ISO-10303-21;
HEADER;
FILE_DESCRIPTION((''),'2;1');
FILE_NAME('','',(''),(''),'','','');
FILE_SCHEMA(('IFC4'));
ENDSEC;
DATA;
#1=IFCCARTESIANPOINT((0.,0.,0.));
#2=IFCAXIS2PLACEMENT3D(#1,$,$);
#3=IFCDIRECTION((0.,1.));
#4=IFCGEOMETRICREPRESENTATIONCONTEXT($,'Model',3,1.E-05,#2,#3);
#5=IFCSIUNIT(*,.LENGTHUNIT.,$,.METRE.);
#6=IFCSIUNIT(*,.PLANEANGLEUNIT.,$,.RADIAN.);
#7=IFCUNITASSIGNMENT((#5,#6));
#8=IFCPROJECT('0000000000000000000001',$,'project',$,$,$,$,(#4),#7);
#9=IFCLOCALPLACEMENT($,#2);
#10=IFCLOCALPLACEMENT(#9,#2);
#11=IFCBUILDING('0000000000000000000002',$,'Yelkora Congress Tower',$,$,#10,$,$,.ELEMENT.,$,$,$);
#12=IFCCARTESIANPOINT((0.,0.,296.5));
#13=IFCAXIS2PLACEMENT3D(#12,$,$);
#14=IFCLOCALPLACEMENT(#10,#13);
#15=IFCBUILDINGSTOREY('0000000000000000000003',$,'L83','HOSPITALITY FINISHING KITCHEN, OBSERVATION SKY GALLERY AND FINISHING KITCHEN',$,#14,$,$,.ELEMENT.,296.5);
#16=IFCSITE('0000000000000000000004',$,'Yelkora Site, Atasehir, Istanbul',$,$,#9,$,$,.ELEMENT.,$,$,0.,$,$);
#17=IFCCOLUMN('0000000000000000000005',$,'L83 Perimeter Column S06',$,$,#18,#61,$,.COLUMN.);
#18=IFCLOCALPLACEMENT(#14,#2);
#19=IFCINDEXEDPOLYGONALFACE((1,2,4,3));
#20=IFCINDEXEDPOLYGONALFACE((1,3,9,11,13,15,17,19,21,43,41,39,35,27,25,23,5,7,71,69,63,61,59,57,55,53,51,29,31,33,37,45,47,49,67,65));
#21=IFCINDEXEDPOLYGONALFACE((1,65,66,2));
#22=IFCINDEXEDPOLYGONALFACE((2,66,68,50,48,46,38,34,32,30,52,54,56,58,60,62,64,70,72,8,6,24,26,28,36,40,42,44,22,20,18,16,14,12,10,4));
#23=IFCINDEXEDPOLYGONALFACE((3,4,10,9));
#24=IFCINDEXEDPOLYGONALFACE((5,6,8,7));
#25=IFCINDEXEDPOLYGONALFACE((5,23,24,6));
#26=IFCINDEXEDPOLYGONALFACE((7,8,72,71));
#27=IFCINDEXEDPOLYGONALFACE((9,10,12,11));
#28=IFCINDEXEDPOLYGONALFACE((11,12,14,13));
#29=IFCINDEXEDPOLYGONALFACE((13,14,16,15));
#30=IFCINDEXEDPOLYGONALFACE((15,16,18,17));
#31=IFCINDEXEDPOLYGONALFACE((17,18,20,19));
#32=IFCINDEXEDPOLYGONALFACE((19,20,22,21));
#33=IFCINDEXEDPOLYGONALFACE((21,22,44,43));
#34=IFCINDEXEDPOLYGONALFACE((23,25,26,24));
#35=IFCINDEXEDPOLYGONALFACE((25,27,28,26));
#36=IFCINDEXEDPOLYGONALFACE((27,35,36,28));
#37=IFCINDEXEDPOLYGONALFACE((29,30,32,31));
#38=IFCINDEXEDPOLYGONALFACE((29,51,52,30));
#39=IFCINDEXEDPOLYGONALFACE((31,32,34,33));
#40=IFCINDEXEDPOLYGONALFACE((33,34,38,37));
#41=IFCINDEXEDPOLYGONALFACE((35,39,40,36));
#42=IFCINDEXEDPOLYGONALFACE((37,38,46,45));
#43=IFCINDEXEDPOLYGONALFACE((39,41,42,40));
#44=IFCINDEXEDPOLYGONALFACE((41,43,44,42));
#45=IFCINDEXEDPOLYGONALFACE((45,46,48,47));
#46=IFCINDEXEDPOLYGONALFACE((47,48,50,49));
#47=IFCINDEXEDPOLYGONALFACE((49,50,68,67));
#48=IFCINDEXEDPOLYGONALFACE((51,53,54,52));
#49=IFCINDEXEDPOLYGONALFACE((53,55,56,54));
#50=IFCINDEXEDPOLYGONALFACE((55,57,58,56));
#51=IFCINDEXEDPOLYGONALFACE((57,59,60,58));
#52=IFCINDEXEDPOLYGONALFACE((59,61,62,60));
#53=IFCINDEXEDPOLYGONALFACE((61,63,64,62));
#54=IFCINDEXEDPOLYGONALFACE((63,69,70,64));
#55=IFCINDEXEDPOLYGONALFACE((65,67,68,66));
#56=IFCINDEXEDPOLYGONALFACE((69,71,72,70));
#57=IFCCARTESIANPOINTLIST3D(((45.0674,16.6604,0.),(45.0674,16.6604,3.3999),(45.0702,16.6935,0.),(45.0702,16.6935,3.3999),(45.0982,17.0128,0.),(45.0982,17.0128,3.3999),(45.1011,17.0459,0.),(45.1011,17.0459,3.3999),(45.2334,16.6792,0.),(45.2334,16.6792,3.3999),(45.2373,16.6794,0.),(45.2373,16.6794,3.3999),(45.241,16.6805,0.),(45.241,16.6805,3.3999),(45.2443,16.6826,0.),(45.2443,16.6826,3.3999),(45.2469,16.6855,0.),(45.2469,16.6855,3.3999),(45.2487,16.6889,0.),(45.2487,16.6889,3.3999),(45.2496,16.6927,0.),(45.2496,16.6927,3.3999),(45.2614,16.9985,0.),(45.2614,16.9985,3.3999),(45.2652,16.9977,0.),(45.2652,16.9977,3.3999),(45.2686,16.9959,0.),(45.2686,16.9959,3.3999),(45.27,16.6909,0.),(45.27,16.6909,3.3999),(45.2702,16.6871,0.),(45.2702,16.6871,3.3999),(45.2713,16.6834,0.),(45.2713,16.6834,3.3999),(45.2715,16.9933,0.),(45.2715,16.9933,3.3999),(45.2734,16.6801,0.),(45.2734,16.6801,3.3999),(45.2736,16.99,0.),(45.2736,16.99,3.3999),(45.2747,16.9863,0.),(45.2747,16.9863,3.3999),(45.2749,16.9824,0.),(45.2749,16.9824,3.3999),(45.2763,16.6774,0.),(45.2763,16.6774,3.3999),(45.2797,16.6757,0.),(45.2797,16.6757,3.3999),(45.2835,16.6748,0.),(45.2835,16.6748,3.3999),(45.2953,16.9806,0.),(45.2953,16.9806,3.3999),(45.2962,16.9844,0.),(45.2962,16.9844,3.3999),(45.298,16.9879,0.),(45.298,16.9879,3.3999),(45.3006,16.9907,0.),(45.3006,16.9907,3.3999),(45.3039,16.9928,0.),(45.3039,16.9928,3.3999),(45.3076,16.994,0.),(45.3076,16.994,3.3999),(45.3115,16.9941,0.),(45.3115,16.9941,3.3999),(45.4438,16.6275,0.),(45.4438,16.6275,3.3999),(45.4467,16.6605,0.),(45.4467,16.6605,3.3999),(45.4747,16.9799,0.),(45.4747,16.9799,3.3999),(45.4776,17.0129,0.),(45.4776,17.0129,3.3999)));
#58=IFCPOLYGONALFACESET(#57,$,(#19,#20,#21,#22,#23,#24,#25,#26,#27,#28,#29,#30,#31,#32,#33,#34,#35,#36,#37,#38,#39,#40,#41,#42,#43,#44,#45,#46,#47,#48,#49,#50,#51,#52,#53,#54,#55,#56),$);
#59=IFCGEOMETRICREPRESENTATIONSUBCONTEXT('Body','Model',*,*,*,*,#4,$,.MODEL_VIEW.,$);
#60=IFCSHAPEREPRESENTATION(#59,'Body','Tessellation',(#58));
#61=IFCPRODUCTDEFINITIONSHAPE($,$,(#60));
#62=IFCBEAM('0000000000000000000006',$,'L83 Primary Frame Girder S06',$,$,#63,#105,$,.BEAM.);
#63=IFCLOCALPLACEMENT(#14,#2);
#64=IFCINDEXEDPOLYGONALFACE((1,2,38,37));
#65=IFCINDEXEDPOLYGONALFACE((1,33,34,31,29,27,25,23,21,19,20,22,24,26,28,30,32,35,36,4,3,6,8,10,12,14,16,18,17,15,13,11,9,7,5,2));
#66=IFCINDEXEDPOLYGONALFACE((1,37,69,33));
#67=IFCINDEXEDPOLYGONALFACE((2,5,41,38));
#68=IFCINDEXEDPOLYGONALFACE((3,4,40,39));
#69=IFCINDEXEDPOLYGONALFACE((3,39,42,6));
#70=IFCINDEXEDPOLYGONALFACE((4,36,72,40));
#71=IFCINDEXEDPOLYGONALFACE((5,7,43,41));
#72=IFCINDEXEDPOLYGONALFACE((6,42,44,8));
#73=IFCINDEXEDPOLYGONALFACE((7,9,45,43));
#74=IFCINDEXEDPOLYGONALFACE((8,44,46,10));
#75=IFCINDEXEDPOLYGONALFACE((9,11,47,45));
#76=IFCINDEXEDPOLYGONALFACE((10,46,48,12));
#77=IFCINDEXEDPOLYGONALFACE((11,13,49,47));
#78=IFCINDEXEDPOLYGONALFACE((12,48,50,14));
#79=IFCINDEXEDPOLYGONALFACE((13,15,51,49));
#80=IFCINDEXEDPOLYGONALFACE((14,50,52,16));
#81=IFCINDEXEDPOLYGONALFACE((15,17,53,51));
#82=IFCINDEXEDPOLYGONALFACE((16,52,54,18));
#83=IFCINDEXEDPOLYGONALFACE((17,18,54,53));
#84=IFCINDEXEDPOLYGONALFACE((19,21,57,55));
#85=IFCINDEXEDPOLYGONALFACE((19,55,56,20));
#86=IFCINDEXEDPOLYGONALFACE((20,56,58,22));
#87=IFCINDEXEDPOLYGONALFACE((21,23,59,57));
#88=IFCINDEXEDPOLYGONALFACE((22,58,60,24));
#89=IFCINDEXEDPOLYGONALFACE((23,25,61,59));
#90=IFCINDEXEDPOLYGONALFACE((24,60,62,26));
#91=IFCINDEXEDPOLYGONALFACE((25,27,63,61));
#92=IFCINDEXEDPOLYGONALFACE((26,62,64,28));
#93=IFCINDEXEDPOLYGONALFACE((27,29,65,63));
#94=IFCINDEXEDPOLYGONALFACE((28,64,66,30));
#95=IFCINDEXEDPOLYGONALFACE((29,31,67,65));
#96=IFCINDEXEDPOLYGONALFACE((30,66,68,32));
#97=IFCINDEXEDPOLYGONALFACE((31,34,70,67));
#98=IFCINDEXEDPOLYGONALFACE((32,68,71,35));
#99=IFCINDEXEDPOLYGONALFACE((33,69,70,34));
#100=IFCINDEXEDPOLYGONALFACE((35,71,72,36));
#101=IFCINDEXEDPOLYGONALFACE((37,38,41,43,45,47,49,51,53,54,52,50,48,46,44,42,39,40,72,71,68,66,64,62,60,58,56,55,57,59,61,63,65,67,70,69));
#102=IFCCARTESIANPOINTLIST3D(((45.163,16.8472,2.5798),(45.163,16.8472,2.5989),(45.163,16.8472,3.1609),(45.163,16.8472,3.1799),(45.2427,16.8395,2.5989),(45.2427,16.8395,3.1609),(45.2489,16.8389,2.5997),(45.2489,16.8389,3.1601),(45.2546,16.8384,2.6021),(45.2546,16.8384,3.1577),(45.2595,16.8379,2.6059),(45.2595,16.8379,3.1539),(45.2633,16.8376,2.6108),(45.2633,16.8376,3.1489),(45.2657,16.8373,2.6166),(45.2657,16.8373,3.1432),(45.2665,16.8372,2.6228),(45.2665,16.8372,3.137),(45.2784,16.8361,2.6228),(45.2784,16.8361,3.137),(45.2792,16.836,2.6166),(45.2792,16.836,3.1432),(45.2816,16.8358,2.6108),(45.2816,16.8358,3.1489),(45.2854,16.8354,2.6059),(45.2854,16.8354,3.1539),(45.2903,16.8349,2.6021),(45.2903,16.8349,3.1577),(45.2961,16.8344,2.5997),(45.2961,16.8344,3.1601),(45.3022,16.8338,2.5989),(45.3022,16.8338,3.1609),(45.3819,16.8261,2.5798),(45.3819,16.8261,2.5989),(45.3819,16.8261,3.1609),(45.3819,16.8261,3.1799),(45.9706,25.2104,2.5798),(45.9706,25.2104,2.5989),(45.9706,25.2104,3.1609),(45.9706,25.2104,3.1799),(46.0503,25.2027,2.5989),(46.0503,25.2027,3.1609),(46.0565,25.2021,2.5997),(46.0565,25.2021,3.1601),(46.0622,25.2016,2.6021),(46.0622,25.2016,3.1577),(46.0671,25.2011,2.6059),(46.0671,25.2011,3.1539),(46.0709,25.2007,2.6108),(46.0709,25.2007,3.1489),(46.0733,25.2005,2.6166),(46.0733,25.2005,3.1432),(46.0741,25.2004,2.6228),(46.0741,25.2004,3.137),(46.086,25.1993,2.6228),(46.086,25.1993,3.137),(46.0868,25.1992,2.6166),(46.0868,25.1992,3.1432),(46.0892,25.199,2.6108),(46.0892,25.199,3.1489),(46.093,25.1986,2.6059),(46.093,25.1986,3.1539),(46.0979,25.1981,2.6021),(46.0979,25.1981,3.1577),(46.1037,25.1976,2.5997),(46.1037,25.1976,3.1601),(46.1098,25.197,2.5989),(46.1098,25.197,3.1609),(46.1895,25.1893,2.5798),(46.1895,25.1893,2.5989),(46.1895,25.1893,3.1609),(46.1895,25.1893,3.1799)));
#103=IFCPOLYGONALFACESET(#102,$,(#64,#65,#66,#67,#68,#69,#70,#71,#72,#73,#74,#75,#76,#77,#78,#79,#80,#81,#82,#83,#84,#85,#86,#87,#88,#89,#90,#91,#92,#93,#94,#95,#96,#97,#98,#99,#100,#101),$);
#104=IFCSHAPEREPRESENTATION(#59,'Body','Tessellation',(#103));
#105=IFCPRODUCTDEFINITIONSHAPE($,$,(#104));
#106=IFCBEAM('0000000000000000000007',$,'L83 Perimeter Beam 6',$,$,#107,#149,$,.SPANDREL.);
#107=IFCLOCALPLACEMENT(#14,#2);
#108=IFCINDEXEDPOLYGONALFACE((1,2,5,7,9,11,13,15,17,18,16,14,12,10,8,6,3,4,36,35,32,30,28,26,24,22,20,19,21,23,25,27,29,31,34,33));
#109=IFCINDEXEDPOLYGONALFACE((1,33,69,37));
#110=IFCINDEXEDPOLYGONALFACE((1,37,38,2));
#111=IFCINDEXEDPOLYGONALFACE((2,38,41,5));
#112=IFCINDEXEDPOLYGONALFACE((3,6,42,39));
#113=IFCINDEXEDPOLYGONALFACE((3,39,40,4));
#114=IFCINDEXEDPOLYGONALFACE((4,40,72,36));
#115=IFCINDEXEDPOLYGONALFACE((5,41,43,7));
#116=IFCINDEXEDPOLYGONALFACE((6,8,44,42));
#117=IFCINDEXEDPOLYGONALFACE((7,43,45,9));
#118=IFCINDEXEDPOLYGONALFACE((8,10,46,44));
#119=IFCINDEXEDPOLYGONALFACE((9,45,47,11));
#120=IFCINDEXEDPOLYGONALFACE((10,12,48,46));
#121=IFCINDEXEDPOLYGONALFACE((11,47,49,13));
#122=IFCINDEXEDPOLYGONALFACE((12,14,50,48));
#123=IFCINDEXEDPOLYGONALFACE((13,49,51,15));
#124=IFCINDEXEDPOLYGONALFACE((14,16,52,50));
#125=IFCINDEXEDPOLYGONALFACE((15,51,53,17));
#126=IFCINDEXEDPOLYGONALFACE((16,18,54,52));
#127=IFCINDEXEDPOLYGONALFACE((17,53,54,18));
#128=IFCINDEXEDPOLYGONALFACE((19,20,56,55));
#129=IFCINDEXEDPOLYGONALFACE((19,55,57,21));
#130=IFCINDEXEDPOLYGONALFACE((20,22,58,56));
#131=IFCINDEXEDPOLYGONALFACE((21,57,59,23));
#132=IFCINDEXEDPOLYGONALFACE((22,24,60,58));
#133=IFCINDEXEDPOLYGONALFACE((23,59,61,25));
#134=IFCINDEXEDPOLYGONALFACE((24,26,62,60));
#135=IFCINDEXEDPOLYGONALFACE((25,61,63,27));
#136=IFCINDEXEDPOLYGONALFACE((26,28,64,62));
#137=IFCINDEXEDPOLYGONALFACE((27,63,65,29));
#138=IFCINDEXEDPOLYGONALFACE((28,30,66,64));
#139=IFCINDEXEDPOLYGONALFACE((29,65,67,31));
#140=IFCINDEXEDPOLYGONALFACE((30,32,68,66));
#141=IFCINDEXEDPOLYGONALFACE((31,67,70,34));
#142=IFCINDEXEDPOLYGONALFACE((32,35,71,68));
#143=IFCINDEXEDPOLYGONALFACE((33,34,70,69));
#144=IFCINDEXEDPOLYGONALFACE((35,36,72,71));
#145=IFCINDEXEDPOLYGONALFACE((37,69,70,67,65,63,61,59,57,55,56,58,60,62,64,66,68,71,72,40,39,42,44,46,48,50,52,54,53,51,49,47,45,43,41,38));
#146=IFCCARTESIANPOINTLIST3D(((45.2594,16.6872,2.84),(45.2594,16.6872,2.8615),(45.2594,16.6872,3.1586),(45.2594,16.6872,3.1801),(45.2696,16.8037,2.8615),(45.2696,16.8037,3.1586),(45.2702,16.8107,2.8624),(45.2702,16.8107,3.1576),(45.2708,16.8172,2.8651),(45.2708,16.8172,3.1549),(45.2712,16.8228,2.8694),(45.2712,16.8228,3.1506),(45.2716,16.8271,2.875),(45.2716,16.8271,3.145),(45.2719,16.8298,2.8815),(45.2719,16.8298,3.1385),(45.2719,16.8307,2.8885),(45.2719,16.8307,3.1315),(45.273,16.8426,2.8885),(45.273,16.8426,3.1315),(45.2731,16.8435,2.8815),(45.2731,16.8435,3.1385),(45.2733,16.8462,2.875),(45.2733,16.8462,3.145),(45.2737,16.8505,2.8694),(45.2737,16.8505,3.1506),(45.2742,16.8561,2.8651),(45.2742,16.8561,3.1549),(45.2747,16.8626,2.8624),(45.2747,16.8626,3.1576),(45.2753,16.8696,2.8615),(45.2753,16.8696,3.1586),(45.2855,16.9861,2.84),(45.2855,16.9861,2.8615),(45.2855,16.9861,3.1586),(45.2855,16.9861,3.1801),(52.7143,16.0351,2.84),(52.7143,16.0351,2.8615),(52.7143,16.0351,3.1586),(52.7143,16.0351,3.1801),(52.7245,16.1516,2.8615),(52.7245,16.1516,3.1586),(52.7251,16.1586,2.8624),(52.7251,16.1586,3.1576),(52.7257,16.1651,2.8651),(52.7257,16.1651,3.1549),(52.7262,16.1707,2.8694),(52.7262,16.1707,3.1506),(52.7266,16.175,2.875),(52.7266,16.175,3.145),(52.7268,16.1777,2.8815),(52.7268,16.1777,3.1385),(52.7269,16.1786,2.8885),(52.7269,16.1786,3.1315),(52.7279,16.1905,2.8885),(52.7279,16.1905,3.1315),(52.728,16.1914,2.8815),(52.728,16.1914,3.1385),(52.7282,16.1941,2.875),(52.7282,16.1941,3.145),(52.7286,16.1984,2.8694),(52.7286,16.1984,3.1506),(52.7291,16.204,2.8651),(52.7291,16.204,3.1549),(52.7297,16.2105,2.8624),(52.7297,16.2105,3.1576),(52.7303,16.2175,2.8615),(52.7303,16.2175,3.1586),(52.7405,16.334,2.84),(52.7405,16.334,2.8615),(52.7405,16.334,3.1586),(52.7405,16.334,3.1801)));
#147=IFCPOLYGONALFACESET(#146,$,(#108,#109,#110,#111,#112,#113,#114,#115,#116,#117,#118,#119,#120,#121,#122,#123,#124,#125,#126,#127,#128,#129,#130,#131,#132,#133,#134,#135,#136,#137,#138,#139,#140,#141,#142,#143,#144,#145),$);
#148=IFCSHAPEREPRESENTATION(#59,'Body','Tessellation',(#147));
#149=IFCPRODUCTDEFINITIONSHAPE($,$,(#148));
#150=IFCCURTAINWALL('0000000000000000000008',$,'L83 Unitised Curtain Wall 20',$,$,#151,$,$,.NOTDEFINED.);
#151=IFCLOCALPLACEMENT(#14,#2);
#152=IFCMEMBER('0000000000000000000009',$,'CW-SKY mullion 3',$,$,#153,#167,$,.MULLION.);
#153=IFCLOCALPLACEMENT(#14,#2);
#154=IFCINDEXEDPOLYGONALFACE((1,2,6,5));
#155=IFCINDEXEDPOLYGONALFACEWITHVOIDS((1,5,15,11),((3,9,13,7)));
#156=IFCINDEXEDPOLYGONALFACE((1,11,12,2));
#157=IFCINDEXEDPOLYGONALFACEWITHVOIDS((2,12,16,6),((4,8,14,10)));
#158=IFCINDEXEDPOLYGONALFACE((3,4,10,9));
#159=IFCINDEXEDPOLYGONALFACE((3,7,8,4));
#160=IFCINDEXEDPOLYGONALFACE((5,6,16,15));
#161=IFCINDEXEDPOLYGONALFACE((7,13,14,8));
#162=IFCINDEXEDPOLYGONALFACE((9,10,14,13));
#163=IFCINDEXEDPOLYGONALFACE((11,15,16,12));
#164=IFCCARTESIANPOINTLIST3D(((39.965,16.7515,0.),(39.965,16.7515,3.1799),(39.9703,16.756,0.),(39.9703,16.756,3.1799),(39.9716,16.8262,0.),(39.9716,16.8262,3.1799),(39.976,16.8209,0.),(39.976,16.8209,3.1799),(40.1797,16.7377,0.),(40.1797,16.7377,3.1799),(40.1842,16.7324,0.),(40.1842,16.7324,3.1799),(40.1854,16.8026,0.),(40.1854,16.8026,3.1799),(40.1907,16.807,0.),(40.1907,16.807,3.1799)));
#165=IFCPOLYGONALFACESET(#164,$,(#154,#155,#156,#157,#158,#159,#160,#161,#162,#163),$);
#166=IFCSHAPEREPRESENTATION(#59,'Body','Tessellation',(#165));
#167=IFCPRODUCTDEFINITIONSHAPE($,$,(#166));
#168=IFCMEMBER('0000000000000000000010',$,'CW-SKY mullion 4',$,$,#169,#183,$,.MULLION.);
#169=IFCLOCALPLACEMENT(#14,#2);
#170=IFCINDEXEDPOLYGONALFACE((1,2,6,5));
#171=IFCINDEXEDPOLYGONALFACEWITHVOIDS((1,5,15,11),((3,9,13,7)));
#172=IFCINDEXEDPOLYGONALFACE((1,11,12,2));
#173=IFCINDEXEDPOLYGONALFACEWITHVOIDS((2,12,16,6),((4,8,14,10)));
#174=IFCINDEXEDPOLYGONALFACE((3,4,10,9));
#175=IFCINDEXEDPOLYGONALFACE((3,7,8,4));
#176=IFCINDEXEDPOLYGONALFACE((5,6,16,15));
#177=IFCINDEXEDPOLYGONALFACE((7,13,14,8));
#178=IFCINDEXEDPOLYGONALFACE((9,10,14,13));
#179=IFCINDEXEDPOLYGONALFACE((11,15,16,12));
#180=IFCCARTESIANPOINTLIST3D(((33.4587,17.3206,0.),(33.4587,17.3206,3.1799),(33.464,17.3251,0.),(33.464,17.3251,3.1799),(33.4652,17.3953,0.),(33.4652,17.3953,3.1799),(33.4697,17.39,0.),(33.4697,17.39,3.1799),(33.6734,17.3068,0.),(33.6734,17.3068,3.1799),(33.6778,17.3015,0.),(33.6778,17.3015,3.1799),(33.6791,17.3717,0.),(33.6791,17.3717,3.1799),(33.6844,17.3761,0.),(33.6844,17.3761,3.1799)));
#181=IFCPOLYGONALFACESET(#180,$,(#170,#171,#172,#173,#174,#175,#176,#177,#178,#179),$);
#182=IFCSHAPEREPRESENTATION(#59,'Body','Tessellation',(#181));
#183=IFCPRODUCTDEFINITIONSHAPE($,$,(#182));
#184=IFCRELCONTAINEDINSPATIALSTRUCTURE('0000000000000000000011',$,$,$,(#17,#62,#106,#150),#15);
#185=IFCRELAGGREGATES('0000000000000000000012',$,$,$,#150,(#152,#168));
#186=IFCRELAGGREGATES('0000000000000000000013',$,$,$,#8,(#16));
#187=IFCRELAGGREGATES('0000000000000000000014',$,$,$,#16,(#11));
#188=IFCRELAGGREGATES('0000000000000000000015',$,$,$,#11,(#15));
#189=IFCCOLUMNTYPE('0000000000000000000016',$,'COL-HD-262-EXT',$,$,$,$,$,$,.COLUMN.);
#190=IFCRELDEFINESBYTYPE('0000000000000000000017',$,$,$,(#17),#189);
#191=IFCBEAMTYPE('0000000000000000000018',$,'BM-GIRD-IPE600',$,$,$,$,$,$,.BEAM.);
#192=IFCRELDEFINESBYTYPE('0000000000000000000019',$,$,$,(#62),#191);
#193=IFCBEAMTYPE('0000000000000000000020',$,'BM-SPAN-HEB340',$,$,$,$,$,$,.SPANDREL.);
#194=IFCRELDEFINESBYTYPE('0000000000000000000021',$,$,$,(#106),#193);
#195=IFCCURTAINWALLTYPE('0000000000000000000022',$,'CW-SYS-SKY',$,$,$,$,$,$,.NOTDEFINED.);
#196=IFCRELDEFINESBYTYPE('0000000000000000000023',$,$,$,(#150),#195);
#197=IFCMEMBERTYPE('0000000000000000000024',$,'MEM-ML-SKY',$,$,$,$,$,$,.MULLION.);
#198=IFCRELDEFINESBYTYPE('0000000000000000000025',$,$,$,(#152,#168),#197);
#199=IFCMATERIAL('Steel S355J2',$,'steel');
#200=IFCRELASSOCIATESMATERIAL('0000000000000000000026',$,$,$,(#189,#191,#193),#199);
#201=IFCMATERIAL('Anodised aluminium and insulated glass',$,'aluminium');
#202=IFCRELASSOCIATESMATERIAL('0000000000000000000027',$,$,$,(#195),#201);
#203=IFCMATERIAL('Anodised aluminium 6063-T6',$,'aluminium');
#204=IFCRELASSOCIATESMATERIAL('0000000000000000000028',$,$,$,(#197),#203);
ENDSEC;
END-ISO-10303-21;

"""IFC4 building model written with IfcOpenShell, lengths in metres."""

from ifc_helpers import new_model, si_unit, direction, frame, origin, origin_2d, place, context, subcontext, project, spatial, hollow_rectangle, i_section, extrude, material, material_profile, profile_set, type_object, element, aggregate, save


model = new_model("IFC4")

# Units and contexts
model_context = context("Model", 3, precision=1e-05, world=origin(), true_north=direction((0.0, 1.0)))
body_context = subcontext(model_context, "Body", "Model", "MODEL_VIEW")
ifc_project = project(units=[si_unit("LENGTHUNIT", "METRE"), si_unit("PLANEANGLEUNIT", "RADIAN")], contexts=[model_context])

# Site, building, storey
site_placement = place(None, origin())
site = spatial("IfcSite", under=ifc_project, at=site_placement, Name="Yelkora Site, Atasehir, Istanbul", CompositionType="ELEMENT", RefElevation=0.0)
building_placement = place(site_placement, origin())
building = spatial("IfcBuilding", under=site, at=building_placement, Name="Yelkora Congress Tower", CompositionType="ELEMENT")
storey_placement = place(building_placement, frame((0.0, 0.0, 296.5)))
storey = spatial("IfcBuildingStorey", under=building, at=storey_placement, Name="L83", Description="HOSPITALITY FINISHING KITCHEN, OBSERVATION SKY GALLERY AND FINISHING KITCHEN", CompositionType="ELEMENT", Elevation=296.5)

# Column
ifc_material_1 = material(Name="Steel S355J2", Category="steel")
ifc_material_profile_1 = material_profile(ifc_material_1, i_section(OverallWidth=0.3779, OverallDepth=0.387, WebThickness=0.0205, FlangeThickness=0.0332, FilletRadius=0.0149, at=origin_2d()), Name="HD 360x262")
ifc_profile_set_1 = profile_set([ifc_material_profile_1], Name="Steel S355J2")
column_type = type_object("IfcColumnType", Name="COL-HD-262-EXT", PredefinedType="COLUMN", material=ifc_profile_set_1)
column_placement = place(storey_placement, frame((45.2725, 16.8367, 0.0), z_axis=(0.0, 0.0, 1.0), x_axis=(0.996195, -0.087156, 0.0)))
element("IfcColumn", 1, at=column_placement, inside=storey, type_object=column_type, Name="L83 Perimeter Column S06", PredefinedType="COLUMN", context=body_context, shape_type="SweptSolid", body=[
    extrude(i_section(OverallWidth=0.3779, OverallDepth=0.387, WebThickness=0.0205, FlangeThickness=0.0332, FilletRadius=0.0149, at=origin_2d()), origin(), (0.0, 0.0, 1.0), 3.3999),
])

# Beams
ifc_material_profile_2 = material_profile(ifc_material_1, i_section(OverallWidth=0.22, OverallDepth=0.6001, WebThickness=0.012, FlangeThickness=0.019, FilletRadius=0.0239, at=origin_2d()), Name="IPE 600")
ifc_profile_set_2 = profile_set([ifc_material_profile_2], Name="Steel S355J2")
beam_type_1 = type_object("IfcBeamType", Name="BM-GIRD-IPE600", PredefinedType="BEAM", material=ifc_profile_set_2)
beam_1_placement = place(storey_placement, frame((45.2725, 16.8367, 2.8799), z_axis=(0.09612, 0.99537, 0.0), x_axis=(-0.99537, 0.09612, 0.0)))
element("IfcBeam", 2, at=beam_1_placement, inside=storey, type_object=beam_type_1, Name="L83 Primary Frame Girder S06", PredefinedType="BEAM", context=body_context, shape_type="SweptSolid", body=[
    extrude(i_section(OverallWidth=0.22, OverallDepth=0.6001, WebThickness=0.012, FlangeThickness=0.019, FilletRadius=0.0239, at=origin_2d()), origin(), (0.0, 0.0, 1.0), 8.4021),
])
ifc_material_profile_3 = material_profile(ifc_material_1, i_section(OverallWidth=0.3, OverallDepth=0.3401, WebThickness=0.012, FlangeThickness=0.0215, FilletRadius=0.0271, at=origin_2d()), Name="HEB 340")
ifc_profile_set_3 = profile_set([ifc_material_profile_3], Name="Steel S355J2")
beam_type_2 = type_object("IfcBeamType", Name="BM-SPAN-HEB340", PredefinedType="SPANDREL", material=ifc_profile_set_3)
beam_2_placement = place(storey_placement, frame((45.2725, 16.8367, 3.01), z_axis=(0.996196, -0.087141, 0.0), x_axis=(0.087141, 0.996196, 0.0)))
element("IfcBeam", 3, at=beam_2_placement, inside=storey, type_object=beam_type_2, Name="L83 Perimeter Beam 6", PredefinedType="SPANDREL", context=body_context, shape_type="SweptSolid", body=[
    extrude(i_section(OverallWidth=0.3, OverallDepth=0.3401, WebThickness=0.012, FlangeThickness=0.0215, FilletRadius=0.0271, at=origin_2d()), origin(), (0.0, 0.0, 1.0), 7.4834),
])

# Curtain wall, members
ifc_material_2 = material(Name="Anodised aluminium and insulated glass", Category="aluminium")
curtain_wall_type = type_object("IfcCurtainWallType", Name="CW-SYS-SKY", PredefinedType="NOTDEFINED", material=ifc_material_2)
curtain_wall_placement = place(storey_placement, origin())
curtain_wall = element("IfcCurtainWall", 4, at=curtain_wall_placement, inside=storey, type_object=curtain_wall_type, Name="L83 Unitised Curtain Wall 20", PredefinedType="NOTDEFINED")
ifc_material_3 = material(Name="Anodised aluminium 6063-T6", Category="aluminium")
ifc_material_profile_4 = material_profile(ifc_material_3, hollow_rectangle(XDim=0.075, YDim=0.22, WallThickness=0.0049, at=origin_2d()), Name="ALU 75x220x5")
ifc_profile_set_4 = profile_set([ifc_material_profile_4], Name="Anodised aluminium 6063-T6")
member_type_1 = type_object("IfcMemberType", Name="MEM-ML-SKY", PredefinedType="MULLION", material=ifc_profile_set_4)
member_1_placement = place(storey_placement, frame((40.0779, 16.7793, 0.0), z_axis=(0.0, 0.0, 1.0), x_axis=(-0.087157, -0.996195, 0.0)))
member_1 = element("IfcMember", 5, at=member_1_placement, type_object=member_type_1, Name="CW-SKY mullion 3", PredefinedType="MULLION", context=body_context, shape_type="SweptSolid", body=[
    extrude(hollow_rectangle(XDim=0.075, YDim=0.22, WallThickness=0.0049, at=origin_2d()), origin(), (0.0, 0.0, 1.0), 3.1799),
])
member_2_placement = place(storey_placement, frame((33.5715, 17.3484, 0.0), z_axis=(0.0, 0.0, 1.0), x_axis=(-0.087157, -0.996195, 0.0)))
member_2 = element("IfcMember", 6, at=member_2_placement, type_object=member_type_1, Name="CW-SKY mullion 4", PredefinedType="MULLION", context=body_context, shape_type="SweptSolid", body=[
    extrude(hollow_rectangle(XDim=0.075, YDim=0.22, WallThickness=0.0049, at=origin_2d()), origin(), (0.0, 0.0, 1.0), 3.1799),
])
aggregate(curtain_wall, [member_1, member_2])

save(model, "model.ifc")
